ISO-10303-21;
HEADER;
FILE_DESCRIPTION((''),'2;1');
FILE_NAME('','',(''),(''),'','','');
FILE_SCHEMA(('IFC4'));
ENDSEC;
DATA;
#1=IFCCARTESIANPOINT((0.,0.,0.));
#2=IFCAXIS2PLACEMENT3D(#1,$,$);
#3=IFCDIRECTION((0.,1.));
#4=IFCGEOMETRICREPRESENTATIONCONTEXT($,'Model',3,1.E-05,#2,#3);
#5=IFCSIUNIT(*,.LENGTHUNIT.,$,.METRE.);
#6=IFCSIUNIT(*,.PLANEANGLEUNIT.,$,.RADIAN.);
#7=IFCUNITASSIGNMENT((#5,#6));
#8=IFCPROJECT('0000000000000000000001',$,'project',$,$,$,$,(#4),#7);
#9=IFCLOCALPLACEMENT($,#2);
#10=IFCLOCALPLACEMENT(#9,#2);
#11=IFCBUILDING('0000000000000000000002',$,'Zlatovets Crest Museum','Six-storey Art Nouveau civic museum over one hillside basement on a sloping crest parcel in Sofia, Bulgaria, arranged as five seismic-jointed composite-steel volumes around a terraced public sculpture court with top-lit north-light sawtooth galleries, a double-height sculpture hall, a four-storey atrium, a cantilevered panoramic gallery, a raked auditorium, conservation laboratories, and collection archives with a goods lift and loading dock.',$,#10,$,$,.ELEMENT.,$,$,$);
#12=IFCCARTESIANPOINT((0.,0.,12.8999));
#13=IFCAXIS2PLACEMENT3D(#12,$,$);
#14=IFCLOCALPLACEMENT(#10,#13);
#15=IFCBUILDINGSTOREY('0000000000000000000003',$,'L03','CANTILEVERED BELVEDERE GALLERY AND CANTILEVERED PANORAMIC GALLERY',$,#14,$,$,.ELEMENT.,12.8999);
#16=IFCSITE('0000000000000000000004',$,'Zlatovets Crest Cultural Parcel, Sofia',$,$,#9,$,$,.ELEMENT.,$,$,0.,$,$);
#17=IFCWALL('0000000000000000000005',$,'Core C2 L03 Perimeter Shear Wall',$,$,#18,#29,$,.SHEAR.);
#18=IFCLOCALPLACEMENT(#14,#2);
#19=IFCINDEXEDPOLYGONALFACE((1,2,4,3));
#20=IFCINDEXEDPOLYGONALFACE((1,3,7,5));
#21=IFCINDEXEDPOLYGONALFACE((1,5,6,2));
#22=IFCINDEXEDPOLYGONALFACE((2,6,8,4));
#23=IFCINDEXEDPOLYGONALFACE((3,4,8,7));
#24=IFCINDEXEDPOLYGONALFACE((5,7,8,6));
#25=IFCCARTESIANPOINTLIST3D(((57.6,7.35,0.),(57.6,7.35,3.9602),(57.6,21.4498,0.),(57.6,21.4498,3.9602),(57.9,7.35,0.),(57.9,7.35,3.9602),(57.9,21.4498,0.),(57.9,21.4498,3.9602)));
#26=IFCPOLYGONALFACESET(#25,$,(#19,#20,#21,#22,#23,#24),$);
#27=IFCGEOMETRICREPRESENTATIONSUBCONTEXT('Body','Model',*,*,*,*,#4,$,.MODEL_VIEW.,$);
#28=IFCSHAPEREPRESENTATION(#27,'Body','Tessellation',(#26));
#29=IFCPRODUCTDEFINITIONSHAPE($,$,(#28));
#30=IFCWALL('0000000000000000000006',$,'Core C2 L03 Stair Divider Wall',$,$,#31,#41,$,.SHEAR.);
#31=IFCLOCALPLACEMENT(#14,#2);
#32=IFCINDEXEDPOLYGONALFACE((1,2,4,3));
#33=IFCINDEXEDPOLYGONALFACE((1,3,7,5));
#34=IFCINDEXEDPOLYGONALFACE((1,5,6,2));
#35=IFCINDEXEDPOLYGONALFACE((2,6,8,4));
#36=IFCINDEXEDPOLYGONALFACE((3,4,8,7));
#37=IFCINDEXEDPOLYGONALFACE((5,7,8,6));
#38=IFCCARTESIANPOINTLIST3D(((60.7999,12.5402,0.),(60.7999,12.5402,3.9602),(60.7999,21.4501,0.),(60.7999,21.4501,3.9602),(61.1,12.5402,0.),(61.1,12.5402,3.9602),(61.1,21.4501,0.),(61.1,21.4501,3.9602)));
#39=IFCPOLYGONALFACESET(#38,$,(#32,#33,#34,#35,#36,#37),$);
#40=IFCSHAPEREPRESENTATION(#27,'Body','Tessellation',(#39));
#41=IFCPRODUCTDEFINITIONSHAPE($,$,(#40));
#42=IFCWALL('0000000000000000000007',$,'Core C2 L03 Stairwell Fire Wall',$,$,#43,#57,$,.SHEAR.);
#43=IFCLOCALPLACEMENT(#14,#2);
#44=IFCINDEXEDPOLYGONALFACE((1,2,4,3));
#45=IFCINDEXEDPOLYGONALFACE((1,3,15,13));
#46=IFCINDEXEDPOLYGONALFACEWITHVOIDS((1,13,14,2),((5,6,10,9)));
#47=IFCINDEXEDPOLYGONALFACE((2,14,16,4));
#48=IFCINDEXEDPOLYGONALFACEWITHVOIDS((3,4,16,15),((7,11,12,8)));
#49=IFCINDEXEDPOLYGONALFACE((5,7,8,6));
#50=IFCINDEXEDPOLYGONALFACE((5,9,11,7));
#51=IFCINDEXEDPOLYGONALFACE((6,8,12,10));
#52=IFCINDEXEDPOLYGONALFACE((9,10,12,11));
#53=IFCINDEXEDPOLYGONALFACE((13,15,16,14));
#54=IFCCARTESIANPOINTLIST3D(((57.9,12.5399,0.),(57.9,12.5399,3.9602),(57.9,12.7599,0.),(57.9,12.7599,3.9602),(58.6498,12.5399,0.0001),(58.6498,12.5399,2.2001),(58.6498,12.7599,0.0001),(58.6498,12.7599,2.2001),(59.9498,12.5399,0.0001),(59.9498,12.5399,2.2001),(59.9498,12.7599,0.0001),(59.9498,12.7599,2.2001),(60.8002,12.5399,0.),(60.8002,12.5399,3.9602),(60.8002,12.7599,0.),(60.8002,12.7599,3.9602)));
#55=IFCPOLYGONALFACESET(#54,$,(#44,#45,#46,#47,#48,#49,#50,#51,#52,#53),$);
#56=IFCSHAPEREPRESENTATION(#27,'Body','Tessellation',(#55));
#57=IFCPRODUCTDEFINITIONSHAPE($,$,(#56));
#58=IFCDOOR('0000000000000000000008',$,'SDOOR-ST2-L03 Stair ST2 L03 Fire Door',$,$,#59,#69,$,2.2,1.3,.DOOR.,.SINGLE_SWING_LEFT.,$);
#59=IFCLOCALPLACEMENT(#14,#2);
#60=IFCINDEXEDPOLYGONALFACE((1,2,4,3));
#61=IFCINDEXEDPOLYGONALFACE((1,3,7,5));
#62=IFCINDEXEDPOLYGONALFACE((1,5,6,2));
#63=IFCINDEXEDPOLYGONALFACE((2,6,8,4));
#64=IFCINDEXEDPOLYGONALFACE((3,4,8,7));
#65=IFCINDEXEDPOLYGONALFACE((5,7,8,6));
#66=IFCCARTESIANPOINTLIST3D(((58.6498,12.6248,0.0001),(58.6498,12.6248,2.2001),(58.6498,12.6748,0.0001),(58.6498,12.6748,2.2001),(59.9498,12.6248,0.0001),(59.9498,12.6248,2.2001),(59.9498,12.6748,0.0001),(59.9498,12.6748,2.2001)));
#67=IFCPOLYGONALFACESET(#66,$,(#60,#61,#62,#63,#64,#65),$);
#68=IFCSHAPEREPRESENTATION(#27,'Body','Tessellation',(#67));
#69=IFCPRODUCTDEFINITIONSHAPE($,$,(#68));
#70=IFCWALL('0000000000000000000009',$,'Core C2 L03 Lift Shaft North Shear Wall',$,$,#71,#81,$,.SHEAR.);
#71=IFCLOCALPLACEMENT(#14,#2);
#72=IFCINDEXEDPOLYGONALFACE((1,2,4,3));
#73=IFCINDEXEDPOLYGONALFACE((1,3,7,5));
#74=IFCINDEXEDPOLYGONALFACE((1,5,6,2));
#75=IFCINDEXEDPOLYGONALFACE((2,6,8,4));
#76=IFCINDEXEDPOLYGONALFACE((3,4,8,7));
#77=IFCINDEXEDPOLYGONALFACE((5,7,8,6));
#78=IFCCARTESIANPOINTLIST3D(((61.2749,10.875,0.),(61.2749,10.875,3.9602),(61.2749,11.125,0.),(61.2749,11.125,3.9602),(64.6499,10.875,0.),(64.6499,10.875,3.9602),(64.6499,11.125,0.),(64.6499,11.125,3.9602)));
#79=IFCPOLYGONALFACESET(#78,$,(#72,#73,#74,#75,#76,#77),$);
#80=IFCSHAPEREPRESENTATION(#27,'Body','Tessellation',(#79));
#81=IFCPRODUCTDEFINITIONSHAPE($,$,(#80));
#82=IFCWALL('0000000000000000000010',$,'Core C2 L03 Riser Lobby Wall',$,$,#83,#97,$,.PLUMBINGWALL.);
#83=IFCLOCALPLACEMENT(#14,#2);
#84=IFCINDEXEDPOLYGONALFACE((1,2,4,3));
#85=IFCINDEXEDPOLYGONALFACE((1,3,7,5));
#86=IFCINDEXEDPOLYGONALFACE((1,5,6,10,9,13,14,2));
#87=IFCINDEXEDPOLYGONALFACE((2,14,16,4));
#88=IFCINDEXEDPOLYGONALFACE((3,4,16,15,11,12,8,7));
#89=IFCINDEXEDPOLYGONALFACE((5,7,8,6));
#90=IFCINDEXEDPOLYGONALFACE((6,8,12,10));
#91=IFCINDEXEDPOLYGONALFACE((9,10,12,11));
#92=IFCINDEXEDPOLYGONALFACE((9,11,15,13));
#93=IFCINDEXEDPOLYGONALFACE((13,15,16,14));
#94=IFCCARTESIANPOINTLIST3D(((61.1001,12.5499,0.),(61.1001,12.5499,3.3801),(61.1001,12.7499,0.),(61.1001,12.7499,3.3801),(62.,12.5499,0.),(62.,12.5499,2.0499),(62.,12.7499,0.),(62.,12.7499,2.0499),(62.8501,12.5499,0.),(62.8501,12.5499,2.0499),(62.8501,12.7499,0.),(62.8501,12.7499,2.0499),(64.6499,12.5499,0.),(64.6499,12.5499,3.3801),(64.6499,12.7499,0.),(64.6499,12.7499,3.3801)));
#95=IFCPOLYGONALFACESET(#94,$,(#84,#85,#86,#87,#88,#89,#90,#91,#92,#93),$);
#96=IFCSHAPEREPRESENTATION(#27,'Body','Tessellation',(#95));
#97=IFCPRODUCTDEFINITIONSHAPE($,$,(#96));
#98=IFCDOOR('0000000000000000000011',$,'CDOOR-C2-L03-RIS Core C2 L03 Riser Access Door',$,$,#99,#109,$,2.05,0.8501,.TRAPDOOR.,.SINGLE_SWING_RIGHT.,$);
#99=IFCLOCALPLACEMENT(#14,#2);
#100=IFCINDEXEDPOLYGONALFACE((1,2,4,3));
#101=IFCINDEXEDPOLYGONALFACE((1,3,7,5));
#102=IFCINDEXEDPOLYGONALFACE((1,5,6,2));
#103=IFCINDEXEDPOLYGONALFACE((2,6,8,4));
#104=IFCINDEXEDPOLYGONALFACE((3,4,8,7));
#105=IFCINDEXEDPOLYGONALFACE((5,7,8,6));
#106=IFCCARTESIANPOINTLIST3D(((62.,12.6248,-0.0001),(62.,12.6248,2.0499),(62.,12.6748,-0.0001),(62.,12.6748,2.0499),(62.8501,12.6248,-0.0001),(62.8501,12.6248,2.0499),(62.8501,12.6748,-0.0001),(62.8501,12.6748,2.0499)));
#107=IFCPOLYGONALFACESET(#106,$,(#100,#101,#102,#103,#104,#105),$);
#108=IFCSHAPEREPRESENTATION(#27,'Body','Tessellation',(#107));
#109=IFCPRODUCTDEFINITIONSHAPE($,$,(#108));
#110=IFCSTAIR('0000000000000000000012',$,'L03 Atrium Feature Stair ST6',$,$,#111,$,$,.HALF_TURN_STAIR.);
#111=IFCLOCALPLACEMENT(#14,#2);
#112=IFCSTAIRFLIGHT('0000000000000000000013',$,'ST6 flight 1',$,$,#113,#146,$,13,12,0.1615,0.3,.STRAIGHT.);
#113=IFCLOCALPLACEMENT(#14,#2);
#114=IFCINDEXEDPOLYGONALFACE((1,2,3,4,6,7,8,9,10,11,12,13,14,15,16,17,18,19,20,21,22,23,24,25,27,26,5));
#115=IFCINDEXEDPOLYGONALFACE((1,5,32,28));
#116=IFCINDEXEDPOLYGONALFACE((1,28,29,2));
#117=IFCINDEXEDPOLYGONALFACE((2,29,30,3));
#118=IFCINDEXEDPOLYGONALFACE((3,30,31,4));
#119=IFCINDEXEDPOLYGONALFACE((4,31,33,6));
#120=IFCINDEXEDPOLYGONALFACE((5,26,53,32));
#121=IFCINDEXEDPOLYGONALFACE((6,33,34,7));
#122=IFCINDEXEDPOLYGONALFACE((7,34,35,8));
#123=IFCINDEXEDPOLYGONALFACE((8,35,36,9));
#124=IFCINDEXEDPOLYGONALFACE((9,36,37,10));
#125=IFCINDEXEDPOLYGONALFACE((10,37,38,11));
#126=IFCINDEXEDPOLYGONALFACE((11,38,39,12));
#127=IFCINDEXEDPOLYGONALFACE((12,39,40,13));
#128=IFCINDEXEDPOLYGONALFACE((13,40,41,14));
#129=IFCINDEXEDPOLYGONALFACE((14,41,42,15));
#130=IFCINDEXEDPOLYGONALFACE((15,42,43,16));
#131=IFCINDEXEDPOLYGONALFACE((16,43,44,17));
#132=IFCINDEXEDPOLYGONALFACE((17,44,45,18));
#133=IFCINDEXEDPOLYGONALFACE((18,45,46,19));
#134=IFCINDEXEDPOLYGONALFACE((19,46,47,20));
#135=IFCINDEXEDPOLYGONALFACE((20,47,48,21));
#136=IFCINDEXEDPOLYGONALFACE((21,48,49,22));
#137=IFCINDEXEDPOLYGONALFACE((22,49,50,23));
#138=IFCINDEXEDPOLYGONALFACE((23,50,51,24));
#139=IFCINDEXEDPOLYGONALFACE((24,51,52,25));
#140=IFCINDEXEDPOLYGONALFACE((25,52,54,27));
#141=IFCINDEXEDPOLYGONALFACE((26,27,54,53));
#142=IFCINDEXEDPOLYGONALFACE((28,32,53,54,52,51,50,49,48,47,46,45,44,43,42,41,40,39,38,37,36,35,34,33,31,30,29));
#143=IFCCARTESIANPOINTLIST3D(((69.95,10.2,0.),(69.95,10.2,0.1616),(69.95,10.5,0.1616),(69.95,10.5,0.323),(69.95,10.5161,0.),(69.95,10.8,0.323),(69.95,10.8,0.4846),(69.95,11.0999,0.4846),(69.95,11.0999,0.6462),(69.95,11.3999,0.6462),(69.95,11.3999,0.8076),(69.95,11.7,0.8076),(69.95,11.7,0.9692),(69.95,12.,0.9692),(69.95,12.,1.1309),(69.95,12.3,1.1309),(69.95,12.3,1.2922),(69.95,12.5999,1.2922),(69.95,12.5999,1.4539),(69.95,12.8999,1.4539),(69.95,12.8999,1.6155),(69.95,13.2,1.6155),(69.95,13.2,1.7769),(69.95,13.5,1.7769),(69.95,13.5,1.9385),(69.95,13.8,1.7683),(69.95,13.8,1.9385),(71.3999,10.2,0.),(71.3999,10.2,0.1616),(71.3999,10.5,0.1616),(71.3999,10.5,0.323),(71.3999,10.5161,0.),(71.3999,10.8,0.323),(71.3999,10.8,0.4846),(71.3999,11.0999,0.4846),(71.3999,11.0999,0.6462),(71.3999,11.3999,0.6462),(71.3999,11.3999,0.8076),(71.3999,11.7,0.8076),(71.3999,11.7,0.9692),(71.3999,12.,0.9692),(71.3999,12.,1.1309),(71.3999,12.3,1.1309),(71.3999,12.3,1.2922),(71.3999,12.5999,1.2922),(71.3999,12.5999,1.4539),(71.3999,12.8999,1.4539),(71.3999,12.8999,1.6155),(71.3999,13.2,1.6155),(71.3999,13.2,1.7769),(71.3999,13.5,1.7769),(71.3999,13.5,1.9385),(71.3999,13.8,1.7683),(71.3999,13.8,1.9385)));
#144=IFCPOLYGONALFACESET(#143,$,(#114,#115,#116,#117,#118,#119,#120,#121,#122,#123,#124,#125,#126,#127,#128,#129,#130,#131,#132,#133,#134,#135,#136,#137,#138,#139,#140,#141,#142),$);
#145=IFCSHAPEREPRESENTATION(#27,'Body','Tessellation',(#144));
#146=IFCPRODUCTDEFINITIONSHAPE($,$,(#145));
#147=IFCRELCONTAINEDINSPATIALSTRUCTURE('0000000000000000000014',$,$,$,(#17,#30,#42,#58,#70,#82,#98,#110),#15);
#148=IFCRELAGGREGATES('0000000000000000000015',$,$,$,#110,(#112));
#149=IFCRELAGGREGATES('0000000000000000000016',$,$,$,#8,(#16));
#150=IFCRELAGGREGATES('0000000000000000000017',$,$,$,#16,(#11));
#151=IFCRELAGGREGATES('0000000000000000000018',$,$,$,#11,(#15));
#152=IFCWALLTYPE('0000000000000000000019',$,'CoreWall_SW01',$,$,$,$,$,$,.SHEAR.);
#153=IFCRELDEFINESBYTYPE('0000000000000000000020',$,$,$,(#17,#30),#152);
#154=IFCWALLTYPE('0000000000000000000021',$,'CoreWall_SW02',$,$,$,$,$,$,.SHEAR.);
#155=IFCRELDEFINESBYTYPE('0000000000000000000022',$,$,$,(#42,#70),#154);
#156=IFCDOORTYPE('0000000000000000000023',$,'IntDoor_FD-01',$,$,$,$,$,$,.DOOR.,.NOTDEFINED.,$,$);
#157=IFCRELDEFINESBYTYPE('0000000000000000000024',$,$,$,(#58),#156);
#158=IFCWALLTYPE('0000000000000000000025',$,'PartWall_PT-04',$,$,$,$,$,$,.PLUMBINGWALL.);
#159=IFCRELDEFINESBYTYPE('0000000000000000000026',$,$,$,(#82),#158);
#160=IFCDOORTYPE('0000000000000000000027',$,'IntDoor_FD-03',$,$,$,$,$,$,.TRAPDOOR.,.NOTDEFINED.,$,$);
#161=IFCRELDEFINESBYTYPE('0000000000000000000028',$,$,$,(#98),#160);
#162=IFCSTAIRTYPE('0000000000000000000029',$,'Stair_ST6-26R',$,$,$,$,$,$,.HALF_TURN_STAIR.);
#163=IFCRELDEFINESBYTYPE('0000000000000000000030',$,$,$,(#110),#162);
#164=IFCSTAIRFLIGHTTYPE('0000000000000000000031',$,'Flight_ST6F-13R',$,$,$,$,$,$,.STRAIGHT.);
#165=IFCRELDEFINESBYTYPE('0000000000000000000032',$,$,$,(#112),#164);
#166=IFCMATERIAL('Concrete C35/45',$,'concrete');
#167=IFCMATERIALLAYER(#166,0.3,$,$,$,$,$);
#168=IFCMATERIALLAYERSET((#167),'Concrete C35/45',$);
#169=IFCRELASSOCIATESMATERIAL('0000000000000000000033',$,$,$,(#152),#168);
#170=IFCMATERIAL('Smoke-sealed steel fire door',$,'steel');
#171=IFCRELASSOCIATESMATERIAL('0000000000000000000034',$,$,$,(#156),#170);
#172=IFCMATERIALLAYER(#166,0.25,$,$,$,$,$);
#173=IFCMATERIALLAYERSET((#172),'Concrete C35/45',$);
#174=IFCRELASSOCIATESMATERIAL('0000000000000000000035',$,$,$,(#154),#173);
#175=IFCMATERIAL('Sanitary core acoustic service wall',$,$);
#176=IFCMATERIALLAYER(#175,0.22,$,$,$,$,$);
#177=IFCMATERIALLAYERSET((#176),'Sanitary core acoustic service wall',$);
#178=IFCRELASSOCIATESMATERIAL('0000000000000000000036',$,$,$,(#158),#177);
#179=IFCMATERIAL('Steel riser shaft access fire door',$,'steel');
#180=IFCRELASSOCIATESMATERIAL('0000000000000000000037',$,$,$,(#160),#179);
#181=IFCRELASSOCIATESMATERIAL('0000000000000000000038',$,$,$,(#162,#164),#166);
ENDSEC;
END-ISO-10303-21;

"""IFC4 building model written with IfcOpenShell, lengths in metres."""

from ifc_helpers import new_model, si_unit, direction, frame, frame_2d, origin, place, context, subcontext, project, spatial, polyline, rectangle, outline, extrude, material, layer, layer_set, type_object, element, fill, aggregate, save


model = new_model("IFC4")

# Units and contexts
model_context = context("Model", 3, precision=1e-05, world=origin(), true_north=direction((0.0, 1.0)))
body_context = subcontext(model_context, "Body", "Model", "MODEL_VIEW")
ifc_project = project(units=[si_unit("LENGTHUNIT", "METRE"), si_unit("PLANEANGLEUNIT", "RADIAN")], contexts=[model_context])

# Site, building, storey
site_placement = place(None, origin())
site = spatial("IfcSite", under=ifc_project, at=site_placement, Name="Zlatovets Crest Cultural Parcel, Sofia", CompositionType="ELEMENT", RefElevation=0.0)
building_placement = place(site_placement, origin())
building = spatial("IfcBuilding", under=site, at=building_placement, Name="Zlatovets Crest Museum", Description="Six-storey Art Nouveau civic museum over one hillside basement on a sloping crest parcel in Sofia, Bulgaria, arranged as five seismic-jointed composite-steel volumes around a terraced public sculpture court with top-lit north-light sawtooth galleries, a double-height sculpture hall, a four-storey atrium, a cantilevered panoramic gallery, a raked auditorium, conservation laboratories, and collection archives with a goods lift and loading dock.", CompositionType="ELEMENT")
storey_placement = place(building_placement, frame((0.0, 0.0, 12.8999)))
storey = spatial("IfcBuildingStorey", under=building, at=storey_placement, Name="L03", Description="CANTILEVERED BELVEDERE GALLERY AND CANTILEVERED PANORAMIC GALLERY", CompositionType="ELEMENT", Elevation=12.8999)

# Wall
ifc_material_1 = material(Name="Concrete C35/45", Category="concrete")
ifc_layer_1 = layer(ifc_material_1, 0.3)
ifc_layer_set_1 = layer_set([ifc_layer_1], Name="Concrete C35/45")
wall_type_1 = type_object("IfcWallType", Name="CoreWall_SW01", PredefinedType="SHEAR", material=ifc_layer_set_1)
wall_1_placement = place(storey_placement, frame((57.75, 7.3501, 0.0), z_axis=(0.0, 0.0, 1.0), x_axis=(0.0, 1.0, 0.0)))
element("IfcWall", 1, at=wall_1_placement, inside=storey, type_object=wall_type_1, Name="Core C2 L03 Perimeter Shear Wall", PredefinedType="SHEAR", context=body_context, shape_type="SweptSolid", body=[
    extrude(rectangle(XDim=14.0999, YDim=0.3, at=frame_2d((7.0498, 0.0))), origin(), (0.0, 0.0, 1.0), 3.9602),
])

# Shared definitions
ifc_material_2 = material(Name="Smoke-sealed steel fire door", Category="steel")
door_type_1 = type_object("IfcDoorType", Name="IntDoor_FD-01", OperationType="NOTDEFINED", PredefinedType="DOOR", material=ifc_material_2)

# Wall
wall_2_placement = place(storey_placement, frame((60.95, 12.54, 0.0), z_axis=(0.0, 0.0, 1.0), x_axis=(0.0, 1.0, 0.0)))
element("IfcWall", 2, at=wall_2_placement, inside=storey, type_object=wall_type_1, Name="Core C2 L03 Stair Divider Wall", PredefinedType="SHEAR", context=body_context, shape_type="SweptSolid", body=[
    extrude(rectangle(XDim=8.9099, YDim=0.3, at=frame_2d((4.4551, 0.0))), origin(), (0.0, 0.0, 1.0), 3.9602),
])

# Wall, opening, door
ifc_layer_2 = layer(ifc_material_1, 0.25)
ifc_layer_set_2 = layer_set([ifc_layer_2], Name="Concrete C35/45")
wall_type_2 = type_object("IfcWallType", Name="CoreWall_SW02", PredefinedType="SHEAR", material=ifc_layer_set_2)
wall_3_placement = place(storey_placement, frame((57.8999, 12.6499, 0.0), z_axis=(0.0, 0.0, 1.0), x_axis=(1.0, 0.0, 0.0)))
wall_3 = element("IfcWall", 3, at=wall_3_placement, inside=storey, type_object=wall_type_2, Name="Core C2 L03 Stairwell Fire Wall", PredefinedType="SHEAR", context=body_context, shape_type="SweptSolid", body=[
    extrude(rectangle(XDim=2.9001, YDim=0.22, at=frame_2d((1.4502, 0.0))), origin(), (0.0, 0.0, 1.0), 3.9602),
])
opening_1_placement = place(wall_3_placement, frame((0.75, 0.0, 0.0)))
opening_1 = element("IfcOpeningElement", 4, at=opening_1_placement, cuts=wall_3, PredefinedType="OPENING", context=body_context, shape_type="SweptSolid", body=[
    extrude(rectangle(XDim=1.3, YDim=2.2, at=frame_2d((0.6499, 1.1001))), frame((0.0, 0.1201, 0.0), z_axis=(0.0, -1.0, 0.0), x_axis=(1.0, 0.0, 0.0)), (0.0, 0.0, 1.0), 0.24),
])
door_1_placement = place(opening_1_placement, origin())
door_1 = element("IfcDoor", 5, at=door_1_placement, inside=storey, type_object=door_type_1, Name="SDOOR-ST2-L03 Stair ST2 L03 Fire Door", OperationType="SINGLE_SWING_LEFT", OverallHeight=2.2, OverallWidth=1.3, PredefinedType="DOOR", context=body_context, shape_type="SweptSolid", body=[
    extrude(rectangle(XDim=1.3, YDim=2.2, at=frame_2d((0.6499, 1.1001))), frame((0.0, 0.0249, 0.0), z_axis=(0.0, -1.0, 0.0), x_axis=(1.0, 0.0, 0.0)), (0.0, 0.0, 1.0), 0.05),
])
fill(opening_1, door_1)

# Wall
wall_4_placement = place(storey_placement, frame((61.2749, 11.0, 0.0), z_axis=(0.0, 0.0, 1.0), x_axis=(1.0, 0.0, 0.0)))
element("IfcWall", 6, at=wall_4_placement, inside=storey, type_object=wall_type_2, Name="Core C2 L03 Lift Shaft North Shear Wall", PredefinedType="SHEAR", context=body_context, shape_type="SweptSolid", body=[
    extrude(rectangle(XDim=3.375, YDim=0.25, at=frame_2d((1.6875, 0.0))), origin(), (0.0, 0.0, 1.0), 3.9602),
])

# Wall, opening, door
ifc_material_3 = material(Name="Sanitary core acoustic service wall")
ifc_layer_3 = layer(ifc_material_3, 0.22)
ifc_layer_set_3 = layer_set([ifc_layer_3], Name="Sanitary core acoustic service wall")
wall_type_3 = type_object("IfcWallType", Name="PartWall_PT-04", PredefinedType="PLUMBINGWALL", material=ifc_layer_set_3)
wall_5_placement = place(storey_placement, frame((61.1001, 12.6499, 0.0), z_axis=(0.0, 0.0, 1.0), x_axis=(1.0, 0.0, 0.0)))
wall_5 = element("IfcWall", 7, at=wall_5_placement, inside=storey, type_object=wall_type_3, Name="Core C2 L03 Riser Lobby Wall", PredefinedType="PLUMBINGWALL", context=body_context, shape_type="SweptSolid", body=[
    extrude(rectangle(XDim=3.5498, YDim=0.2, at=frame_2d((1.7749, 0.0))), origin(), (0.0, 0.0, 1.0), 3.3801),
])
opening_2_placement = place(wall_5_placement, frame((0.8999, 0.0, 0.0)))
opening_2 = element("IfcOpeningElement", 8, at=opening_2_placement, cuts=wall_5, PredefinedType="OPENING", context=body_context, shape_type="SweptSolid", body=[
    extrude(rectangle(XDim=0.8501, YDim=2.05, at=frame_2d((0.425, 1.0249))), frame((0.0, 0.1099, 0.0), z_axis=(0.0, -1.0, 0.0), x_axis=(1.0, 0.0, 0.0)), (0.0, 0.0, 1.0), 0.22),
])
ifc_material_4 = material(Name="Steel riser shaft access fire door", Category="steel")
door_type_2 = type_object("IfcDoorType", Name="IntDoor_FD-03", OperationType="NOTDEFINED", PredefinedType="TRAPDOOR", material=ifc_material_4)
door_2_placement = place(opening_2_placement, origin())
door_2 = element("IfcDoor", 9, at=door_2_placement, inside=storey, type_object=door_type_2, Name="CDOOR-C2-L03-RIS Core C2 L03 Riser Access Door", OperationType="SINGLE_SWING_RIGHT", OverallHeight=2.05, OverallWidth=0.8501, PredefinedType="TRAPDOOR", context=body_context, shape_type="SweptSolid", body=[
    extrude(rectangle(XDim=0.8501, YDim=2.05, at=frame_2d((0.425, 1.0249))), frame((0.0, 0.0249, 0.0), z_axis=(0.0, -1.0, 0.0), x_axis=(1.0, 0.0, 0.0)), (0.0, 0.0, 1.0), 0.05),
])
fill(opening_2, door_2)

# Stair, stair flight
stair_type = type_object("IfcStairType", Name="Stair_ST6-26R", PredefinedType="HALF_TURN_STAIR", material=ifc_material_1)
stair_placement = place(storey_placement, origin())
stair = element("IfcStair", 10, at=stair_placement, inside=storey, type_object=stair_type, Name="L03 Atrium Feature Stair ST6", PredefinedType="HALF_TURN_STAIR")
stair_flight_type = type_object("IfcStairFlightType", Name="Flight_ST6F-13R", PredefinedType="STRAIGHT", material=ifc_material_1)
stair_flight_1_placement = place(storey_placement, frame((70.675, 10.2, 0.0), z_axis=(0.0, 0.0, 1.0), x_axis=(0.0, 1.0, 0.0)))
stair_flight_1 = element("IfcStairFlight", 11, at=stair_flight_1_placement, type_object=stair_flight_type, Name="ST6 flight 1", NumberOfRisers=13, NumberOfTreads=12, PredefinedType="STRAIGHT", RiserHeight=0.1615, TreadLength=0.3, context=body_context, shape_type="SweptSolid", body=[
    extrude(outline(polyline([(0.0, 0.0), (0.0, 0.1616), (0.3, 0.1616), (0.3, 0.323), (0.6001, 0.323), (0.6001, 0.4846), (0.8999, 0.4846), (0.8999, 0.6462), (1.2, 0.6462), (1.2, 0.8076), (1.5, 0.8076), (1.5, 0.9692), (1.8, 0.9692), (1.8, 1.1309), (2.1001, 1.1309), (2.1001, 1.2922), (2.3999, 1.2922), (2.3999, 1.4539), (2.7, 1.4539), (2.7, 1.6155), (3.0, 1.6155), (3.0, 1.7769), (3.3, 1.7769), (3.3, 1.9385), (3.6001, 1.9385), (3.6001, 2.1001), (3.6001, 1.7683), (0.3162, 0.0), (0.0, 0.0)])), frame((0.0, 0.7251, 0.0), z_axis=(0.0, -1.0, 0.0), x_axis=(1.0, 0.0, 0.0)), (0.0, 0.0, 1.0), 1.45),
])
aggregate(stair, [stair_flight_1])

save(model, "model.ifc")
